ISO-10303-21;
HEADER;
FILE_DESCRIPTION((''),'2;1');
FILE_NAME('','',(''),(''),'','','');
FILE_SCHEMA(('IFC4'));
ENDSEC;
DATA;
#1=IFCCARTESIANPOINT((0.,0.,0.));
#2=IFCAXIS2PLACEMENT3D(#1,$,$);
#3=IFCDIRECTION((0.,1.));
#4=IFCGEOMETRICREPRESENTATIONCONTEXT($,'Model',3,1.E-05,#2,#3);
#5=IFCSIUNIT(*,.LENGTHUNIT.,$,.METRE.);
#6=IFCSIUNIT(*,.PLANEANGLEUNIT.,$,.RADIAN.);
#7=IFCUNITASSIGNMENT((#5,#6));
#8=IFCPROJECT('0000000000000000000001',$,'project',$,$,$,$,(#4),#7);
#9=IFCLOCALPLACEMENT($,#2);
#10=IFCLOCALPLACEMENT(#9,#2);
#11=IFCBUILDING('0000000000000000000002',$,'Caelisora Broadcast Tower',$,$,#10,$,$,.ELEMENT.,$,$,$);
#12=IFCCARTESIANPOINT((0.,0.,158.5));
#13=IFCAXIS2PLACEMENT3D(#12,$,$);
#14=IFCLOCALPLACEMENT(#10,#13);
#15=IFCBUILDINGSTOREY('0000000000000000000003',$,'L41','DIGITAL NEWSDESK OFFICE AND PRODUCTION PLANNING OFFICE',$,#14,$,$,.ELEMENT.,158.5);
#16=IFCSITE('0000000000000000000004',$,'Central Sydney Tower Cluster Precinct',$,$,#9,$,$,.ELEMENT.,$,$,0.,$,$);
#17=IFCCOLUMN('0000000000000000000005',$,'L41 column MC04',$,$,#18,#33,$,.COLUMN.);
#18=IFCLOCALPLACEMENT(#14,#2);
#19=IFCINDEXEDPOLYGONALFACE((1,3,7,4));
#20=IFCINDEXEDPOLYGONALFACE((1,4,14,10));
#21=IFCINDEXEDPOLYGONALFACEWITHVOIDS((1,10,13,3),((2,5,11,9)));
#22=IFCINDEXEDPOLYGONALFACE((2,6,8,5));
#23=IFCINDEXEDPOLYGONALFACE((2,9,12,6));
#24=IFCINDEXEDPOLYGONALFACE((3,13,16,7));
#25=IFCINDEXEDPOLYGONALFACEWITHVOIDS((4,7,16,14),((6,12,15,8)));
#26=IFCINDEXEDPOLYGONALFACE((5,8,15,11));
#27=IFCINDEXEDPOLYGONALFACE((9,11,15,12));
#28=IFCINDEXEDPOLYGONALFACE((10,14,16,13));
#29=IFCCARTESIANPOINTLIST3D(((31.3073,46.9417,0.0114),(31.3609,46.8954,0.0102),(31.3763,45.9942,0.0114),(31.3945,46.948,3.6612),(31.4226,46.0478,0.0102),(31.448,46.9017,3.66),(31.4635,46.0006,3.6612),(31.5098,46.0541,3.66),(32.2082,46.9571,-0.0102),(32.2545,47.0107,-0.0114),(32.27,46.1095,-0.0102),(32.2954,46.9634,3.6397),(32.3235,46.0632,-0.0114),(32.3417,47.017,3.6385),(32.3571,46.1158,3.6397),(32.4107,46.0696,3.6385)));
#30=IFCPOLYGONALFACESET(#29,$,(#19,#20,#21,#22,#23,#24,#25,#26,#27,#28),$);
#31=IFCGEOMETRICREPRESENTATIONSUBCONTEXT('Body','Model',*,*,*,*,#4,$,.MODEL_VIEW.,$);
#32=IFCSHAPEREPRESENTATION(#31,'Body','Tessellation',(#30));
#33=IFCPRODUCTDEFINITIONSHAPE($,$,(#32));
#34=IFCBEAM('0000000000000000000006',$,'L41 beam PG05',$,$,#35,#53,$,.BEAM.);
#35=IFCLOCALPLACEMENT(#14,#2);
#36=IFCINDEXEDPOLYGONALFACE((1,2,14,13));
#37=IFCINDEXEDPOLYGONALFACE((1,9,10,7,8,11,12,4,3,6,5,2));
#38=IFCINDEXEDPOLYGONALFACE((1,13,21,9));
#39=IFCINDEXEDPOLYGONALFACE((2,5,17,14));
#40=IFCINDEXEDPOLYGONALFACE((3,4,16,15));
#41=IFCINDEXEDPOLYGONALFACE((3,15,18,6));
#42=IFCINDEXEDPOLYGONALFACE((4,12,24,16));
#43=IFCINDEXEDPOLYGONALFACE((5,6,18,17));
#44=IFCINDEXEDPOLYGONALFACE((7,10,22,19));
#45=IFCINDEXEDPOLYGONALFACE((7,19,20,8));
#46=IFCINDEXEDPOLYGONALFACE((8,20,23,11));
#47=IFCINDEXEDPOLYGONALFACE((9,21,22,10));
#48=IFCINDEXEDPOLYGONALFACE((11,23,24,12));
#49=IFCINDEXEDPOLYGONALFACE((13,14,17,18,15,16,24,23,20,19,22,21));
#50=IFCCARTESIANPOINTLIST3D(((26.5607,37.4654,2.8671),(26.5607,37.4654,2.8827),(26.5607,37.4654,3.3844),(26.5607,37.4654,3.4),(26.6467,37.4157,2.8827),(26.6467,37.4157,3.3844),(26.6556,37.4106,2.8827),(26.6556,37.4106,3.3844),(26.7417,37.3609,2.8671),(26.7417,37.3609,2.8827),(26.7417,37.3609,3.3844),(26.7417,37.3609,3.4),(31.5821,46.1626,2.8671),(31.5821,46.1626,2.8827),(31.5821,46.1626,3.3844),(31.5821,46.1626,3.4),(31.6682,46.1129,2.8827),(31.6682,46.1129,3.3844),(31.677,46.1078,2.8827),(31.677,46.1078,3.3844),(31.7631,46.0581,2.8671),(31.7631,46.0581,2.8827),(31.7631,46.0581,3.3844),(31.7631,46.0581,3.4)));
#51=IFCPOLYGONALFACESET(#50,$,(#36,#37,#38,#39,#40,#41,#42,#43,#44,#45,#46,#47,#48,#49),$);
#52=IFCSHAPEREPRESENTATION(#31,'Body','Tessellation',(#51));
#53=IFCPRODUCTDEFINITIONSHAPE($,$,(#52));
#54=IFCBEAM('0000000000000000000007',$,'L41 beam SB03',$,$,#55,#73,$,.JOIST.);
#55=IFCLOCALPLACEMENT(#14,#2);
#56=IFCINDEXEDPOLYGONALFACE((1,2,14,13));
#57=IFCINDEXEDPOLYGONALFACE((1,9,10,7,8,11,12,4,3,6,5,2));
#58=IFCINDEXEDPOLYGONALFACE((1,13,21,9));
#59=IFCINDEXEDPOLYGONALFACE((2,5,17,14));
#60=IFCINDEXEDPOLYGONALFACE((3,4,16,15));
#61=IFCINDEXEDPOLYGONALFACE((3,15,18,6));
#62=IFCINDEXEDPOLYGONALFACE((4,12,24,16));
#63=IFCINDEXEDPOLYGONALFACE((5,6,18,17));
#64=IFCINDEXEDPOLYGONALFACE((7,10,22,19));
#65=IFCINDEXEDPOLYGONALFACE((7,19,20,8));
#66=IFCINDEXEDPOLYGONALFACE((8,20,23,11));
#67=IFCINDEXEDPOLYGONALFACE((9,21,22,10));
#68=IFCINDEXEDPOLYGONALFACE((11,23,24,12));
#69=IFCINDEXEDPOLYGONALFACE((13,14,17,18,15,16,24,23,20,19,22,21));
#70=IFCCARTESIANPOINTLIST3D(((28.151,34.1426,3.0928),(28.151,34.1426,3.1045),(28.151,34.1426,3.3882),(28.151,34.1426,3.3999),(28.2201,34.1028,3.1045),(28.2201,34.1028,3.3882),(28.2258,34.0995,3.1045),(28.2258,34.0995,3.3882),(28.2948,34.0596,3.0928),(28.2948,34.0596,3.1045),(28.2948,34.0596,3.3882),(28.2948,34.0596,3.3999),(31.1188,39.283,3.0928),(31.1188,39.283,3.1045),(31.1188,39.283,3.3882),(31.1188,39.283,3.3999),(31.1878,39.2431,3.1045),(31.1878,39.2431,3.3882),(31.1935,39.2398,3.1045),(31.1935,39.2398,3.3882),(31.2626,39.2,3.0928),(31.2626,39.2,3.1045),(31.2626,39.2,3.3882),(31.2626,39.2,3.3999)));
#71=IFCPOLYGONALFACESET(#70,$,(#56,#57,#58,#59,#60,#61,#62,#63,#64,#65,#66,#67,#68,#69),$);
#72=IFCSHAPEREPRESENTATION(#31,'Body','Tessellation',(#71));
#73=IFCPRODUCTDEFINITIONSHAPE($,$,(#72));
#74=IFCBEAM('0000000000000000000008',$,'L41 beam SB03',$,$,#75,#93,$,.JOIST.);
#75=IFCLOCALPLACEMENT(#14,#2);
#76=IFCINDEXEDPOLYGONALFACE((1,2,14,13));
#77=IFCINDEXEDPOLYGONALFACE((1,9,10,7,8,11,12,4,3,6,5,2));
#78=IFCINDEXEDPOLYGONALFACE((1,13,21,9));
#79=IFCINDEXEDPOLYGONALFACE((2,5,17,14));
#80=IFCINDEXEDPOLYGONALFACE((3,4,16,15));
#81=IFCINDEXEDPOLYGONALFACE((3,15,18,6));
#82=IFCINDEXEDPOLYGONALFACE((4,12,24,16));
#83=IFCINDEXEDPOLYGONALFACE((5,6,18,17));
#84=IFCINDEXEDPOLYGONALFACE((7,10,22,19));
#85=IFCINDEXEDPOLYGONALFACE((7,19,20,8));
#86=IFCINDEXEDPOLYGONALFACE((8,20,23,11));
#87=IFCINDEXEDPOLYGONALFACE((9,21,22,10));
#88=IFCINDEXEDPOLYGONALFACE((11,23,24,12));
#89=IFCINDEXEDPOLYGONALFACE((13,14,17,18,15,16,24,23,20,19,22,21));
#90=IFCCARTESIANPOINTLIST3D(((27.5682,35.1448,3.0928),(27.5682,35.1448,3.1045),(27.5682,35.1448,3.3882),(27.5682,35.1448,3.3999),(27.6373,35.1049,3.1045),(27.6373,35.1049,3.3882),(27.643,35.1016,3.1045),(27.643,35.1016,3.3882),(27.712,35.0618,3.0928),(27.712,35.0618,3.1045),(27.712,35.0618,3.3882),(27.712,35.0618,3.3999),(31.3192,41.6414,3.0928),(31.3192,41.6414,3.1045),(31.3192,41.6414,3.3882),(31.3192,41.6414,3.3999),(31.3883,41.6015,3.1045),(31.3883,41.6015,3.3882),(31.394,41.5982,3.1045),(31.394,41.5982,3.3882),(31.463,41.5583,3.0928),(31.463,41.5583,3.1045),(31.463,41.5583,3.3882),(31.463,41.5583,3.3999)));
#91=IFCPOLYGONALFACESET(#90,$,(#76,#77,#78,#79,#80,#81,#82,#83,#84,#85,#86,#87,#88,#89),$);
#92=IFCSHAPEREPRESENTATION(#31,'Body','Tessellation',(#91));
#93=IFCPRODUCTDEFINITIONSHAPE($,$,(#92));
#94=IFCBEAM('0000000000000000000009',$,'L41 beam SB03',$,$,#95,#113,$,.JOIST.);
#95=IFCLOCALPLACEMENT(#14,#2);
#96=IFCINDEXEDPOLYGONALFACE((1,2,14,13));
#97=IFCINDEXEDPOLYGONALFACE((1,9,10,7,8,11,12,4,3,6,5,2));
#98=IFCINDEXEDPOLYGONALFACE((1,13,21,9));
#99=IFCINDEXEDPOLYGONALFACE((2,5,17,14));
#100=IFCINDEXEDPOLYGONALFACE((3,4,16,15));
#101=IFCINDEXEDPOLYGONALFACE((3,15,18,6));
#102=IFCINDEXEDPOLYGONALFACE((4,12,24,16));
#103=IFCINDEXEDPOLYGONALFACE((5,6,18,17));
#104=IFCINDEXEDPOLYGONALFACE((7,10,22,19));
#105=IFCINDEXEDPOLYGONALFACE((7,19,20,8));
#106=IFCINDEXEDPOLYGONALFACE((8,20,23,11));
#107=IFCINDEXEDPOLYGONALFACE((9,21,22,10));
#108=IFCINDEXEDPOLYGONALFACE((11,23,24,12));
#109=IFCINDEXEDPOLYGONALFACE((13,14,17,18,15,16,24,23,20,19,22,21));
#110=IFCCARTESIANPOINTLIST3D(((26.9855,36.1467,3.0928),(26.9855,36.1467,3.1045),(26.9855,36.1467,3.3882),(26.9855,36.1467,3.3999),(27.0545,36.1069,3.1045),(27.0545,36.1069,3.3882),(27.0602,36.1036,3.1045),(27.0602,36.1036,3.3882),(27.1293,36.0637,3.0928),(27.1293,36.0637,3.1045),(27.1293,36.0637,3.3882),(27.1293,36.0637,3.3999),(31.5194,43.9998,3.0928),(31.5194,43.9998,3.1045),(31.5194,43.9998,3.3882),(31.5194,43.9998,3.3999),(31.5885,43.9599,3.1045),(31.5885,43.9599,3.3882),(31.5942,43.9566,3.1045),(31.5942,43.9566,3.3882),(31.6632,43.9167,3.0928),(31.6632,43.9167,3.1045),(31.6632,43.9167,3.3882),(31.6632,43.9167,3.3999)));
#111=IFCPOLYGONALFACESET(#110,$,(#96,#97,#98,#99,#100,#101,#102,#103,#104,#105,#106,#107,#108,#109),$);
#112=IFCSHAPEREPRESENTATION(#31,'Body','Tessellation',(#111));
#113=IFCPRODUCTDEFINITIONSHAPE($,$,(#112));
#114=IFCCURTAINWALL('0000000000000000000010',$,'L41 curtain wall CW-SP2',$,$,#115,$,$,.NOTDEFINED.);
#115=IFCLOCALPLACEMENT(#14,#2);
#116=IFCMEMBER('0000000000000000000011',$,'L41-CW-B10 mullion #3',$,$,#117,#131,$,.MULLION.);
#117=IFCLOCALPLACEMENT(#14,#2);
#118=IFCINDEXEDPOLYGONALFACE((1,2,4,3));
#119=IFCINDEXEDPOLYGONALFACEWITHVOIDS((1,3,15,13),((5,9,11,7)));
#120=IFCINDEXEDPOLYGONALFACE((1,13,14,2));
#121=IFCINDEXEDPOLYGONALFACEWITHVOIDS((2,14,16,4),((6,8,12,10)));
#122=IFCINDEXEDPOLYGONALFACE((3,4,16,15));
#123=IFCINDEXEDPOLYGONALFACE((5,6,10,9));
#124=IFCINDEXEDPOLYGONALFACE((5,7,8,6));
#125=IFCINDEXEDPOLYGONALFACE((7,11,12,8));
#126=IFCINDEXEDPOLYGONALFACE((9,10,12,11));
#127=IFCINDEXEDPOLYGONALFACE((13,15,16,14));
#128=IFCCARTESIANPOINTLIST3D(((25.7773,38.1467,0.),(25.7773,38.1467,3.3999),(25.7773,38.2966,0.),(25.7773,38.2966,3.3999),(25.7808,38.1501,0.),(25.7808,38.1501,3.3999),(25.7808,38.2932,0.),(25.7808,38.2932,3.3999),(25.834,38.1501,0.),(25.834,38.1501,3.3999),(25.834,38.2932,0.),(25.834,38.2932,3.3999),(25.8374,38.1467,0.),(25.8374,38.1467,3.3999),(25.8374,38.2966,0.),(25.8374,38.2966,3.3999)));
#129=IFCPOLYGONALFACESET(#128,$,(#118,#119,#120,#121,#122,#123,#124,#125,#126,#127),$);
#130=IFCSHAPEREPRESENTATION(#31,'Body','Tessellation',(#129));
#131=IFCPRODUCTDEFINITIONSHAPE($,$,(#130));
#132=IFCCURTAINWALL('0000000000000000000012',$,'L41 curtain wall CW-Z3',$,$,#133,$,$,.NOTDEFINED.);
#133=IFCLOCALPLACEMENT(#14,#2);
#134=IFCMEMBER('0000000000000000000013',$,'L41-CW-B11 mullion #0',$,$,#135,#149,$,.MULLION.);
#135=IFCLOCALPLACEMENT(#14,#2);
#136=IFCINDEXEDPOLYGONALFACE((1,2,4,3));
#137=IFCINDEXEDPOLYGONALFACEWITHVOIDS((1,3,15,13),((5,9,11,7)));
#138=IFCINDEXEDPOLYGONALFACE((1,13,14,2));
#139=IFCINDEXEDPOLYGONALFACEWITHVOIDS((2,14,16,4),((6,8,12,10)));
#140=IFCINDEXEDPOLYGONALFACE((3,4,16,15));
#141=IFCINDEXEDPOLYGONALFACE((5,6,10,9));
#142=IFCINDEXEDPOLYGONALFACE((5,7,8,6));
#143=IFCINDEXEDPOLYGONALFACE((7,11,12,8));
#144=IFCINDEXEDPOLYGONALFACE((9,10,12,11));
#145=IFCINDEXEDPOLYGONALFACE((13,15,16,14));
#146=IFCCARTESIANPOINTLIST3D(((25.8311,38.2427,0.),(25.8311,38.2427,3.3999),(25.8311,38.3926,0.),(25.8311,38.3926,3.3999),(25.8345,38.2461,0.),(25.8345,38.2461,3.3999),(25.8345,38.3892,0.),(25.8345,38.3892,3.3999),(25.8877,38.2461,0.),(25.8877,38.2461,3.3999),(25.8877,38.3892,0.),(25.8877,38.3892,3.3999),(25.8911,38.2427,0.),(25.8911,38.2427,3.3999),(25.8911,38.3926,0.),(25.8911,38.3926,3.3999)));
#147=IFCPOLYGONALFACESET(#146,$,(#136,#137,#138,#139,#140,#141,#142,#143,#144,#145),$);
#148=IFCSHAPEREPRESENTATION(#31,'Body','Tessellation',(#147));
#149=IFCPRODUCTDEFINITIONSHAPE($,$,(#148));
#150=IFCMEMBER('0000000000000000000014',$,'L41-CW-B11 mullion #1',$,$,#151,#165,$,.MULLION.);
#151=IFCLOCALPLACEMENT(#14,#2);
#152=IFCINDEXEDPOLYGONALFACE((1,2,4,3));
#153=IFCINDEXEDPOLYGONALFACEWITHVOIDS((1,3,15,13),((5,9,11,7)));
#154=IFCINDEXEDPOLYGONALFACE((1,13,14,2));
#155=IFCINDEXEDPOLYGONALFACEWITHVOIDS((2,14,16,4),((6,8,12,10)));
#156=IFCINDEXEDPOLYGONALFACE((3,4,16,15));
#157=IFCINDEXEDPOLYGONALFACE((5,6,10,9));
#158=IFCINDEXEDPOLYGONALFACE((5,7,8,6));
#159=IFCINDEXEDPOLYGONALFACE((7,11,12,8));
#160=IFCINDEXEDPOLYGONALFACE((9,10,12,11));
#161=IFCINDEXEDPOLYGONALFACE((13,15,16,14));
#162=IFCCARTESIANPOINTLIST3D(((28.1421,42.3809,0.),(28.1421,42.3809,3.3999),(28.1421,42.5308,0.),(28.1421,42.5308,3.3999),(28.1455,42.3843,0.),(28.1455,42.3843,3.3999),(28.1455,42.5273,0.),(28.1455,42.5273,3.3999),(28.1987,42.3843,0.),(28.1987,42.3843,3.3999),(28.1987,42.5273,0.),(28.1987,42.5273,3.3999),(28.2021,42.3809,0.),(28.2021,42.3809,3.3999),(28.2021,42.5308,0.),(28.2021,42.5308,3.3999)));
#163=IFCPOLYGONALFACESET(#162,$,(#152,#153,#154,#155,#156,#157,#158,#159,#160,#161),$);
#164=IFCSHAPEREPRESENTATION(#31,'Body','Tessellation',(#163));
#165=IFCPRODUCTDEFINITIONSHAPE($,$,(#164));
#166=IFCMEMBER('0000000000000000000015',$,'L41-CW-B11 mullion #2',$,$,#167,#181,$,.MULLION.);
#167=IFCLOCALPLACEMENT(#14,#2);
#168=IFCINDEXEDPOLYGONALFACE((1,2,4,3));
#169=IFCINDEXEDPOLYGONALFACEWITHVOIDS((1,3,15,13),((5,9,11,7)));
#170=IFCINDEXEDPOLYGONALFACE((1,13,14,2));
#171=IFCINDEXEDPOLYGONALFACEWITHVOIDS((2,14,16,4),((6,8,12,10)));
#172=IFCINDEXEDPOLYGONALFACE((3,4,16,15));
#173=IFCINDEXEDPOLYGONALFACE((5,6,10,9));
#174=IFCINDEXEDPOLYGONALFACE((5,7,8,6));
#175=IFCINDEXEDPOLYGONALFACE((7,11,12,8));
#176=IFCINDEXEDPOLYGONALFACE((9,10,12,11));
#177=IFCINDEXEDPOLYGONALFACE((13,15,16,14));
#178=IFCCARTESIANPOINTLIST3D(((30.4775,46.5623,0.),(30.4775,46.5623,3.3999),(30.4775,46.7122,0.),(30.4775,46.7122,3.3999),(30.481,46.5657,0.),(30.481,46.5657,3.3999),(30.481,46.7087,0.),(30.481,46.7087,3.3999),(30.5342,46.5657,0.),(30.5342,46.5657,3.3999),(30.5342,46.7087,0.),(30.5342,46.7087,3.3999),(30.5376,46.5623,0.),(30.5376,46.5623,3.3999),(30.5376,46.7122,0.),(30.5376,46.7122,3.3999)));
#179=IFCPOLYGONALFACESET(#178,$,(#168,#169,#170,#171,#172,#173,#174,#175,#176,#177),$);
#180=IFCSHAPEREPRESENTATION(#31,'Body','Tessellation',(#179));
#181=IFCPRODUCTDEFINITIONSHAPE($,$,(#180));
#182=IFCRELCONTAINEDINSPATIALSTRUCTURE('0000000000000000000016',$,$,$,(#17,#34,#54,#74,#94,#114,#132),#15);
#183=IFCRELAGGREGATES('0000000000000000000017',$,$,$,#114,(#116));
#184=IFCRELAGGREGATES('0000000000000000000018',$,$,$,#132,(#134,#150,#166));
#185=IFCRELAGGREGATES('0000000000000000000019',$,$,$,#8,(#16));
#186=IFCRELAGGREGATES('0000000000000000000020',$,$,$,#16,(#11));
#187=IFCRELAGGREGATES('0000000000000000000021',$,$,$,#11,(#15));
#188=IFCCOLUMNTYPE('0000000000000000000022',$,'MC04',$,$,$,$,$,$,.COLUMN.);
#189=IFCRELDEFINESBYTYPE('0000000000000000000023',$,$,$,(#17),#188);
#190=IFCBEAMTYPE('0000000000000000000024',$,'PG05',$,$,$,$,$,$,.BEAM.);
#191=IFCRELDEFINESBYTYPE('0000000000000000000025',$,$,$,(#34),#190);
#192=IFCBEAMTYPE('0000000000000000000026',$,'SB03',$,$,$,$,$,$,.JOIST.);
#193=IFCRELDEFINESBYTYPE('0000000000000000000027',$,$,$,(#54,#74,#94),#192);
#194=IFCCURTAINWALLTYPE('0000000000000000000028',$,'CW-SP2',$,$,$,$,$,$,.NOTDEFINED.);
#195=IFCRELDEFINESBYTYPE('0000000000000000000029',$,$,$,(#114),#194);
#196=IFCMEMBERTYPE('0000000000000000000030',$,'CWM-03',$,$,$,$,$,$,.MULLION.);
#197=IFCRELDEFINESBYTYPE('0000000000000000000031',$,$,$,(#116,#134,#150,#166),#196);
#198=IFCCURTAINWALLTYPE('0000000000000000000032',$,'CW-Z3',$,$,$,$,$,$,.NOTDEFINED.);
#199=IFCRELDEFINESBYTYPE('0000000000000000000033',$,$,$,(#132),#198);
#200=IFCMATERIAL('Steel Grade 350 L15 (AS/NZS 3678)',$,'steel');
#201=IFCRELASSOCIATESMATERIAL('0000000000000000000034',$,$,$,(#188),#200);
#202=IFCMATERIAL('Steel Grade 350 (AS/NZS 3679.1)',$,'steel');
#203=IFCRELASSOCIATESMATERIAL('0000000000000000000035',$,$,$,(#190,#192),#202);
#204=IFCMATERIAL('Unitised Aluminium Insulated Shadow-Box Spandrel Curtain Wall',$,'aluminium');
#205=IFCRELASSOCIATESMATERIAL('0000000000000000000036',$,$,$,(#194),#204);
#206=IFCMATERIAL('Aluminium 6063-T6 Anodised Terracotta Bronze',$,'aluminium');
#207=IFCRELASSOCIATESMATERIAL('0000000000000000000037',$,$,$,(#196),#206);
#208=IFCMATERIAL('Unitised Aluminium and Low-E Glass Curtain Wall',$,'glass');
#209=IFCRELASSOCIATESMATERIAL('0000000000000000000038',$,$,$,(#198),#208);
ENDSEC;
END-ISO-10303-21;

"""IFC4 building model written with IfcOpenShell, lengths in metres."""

from ifc_helpers import new_model, si_unit, direction, frame, origin, origin_2d, place, context, subcontext, project, spatial, hollow_rectangle, i_section, extrude, source, transform, mapped, material, material_profile, profile_set, type_object, type_shapes, element, aggregate, save


model = new_model("IFC4")

# Units and contexts
model_context = context("Model", 3, precision=1e-05, world=origin(), true_north=direction((0.0, 1.0)))
body_context = subcontext(model_context, "Body", "Model", "MODEL_VIEW")
ifc_project = project(units=[si_unit("LENGTHUNIT", "METRE"), si_unit("PLANEANGLEUNIT", "RADIAN")], contexts=[model_context])

# Site, building, storey
site_placement = place(None, origin())
site = spatial("IfcSite", under=ifc_project, at=site_placement, Name="Central Sydney Tower Cluster Precinct", CompositionType="ELEMENT", RefElevation=0.0)
building_placement = place(site_placement, origin())
building = spatial("IfcBuilding", under=site, at=building_placement, Name="Caelisora Broadcast Tower", CompositionType="ELEMENT")
storey_placement = place(building_placement, frame((0.0, 0.0, 158.5)))
storey = spatial("IfcBuildingStorey", under=building, at=storey_placement, Name="L41", Description="DIGITAL NEWSDESK OFFICE AND PRODUCTION PLANNING OFFICE", CompositionType="ELEMENT", Elevation=158.5)

# Column
ifc_material_1 = material(Name="Steel Grade 350 L15 (AS/NZS 3678)", Category="steel")
ifc_material_profile_1 = material_profile(ifc_material_1, hollow_rectangle(XDim=0.95, YDim=0.95, WallThickness=0.05, at=origin_2d()), Name="Steel Grade 350 L15 (AS/NZS 3678)")
ifc_profile_set_1 = profile_set([ifc_material_profile_1], Name="Steel Grade 350 L15 (AS/NZS 3678)")
column_type = type_object("IfcColumnType", Name="MC04", PredefinedType="COLUMN", material=ifc_profile_set_1)
shared_shape_1 = source(origin(), body_context, "Body", "SweptSolid", [
    extrude(hollow_rectangle(XDim=0.95, YDim=0.95, WallThickness=0.05, at=origin_2d()), origin(), (0.0, 0.0, 1.0), 3.6509),
])
type_shapes(column_type, [shared_shape_1])
column_placement = place(storey_placement, frame((31.8154, 46.5024, 0.0), z_axis=(0.023873, 0.001739, 0.999713), x_axis=(-0.072637, 0.997358, 0.0)))
element("IfcColumn", 1, at=column_placement, inside=storey, type_object=column_type, Name="L41 column MC04", PredefinedType="COLUMN", context=body_context, shape_type="MappedRepresentation", body=[
    mapped(shared_shape_1, transform((0.0, 0.0, 0.0), scale=1.0)),
])

# Beams
ifc_material_2 = material(Name="Steel Grade 350 (AS/NZS 3679.1)", Category="steel")
ifc_material_profile_2 = material_profile(ifc_material_2, i_section(OverallWidth=0.209, OverallDepth=0.533, WebThickness=0.0103, FlangeThickness=0.0156, at=origin_2d()), Name="Steel Grade 350 (AS/NZS 3679.1)")
ifc_profile_set_2 = profile_set([ifc_material_profile_2], Name="Steel Grade 350 (AS/NZS 3679.1)")
beam_type_1 = type_object("IfcBeamType", Name="PG05", PredefinedType="BEAM", material=ifc_profile_set_2)
shared_shape_2 = source(origin(), body_context, "Body", "SweptSolid", [
    extrude(i_section(OverallWidth=0.209, OverallDepth=0.533, WebThickness=0.0103, FlangeThickness=0.0156, at=origin_2d()), origin(), (0.0, 0.0, 1.0), 10.0427),
])
type_shapes(beam_type_1, [shared_shape_2])
beam_1_placement = place(storey_placement, frame((31.6726, 46.1104, 3.1335), z_axis=(-0.500009, -0.86602, 0.0), x_axis=(0.86602, -0.500009, 0.0)))
element("IfcBeam", 2, at=beam_1_placement, inside=storey, type_object=beam_type_1, Name="L41 beam PG05", PredefinedType="BEAM", context=body_context, shape_type="MappedRepresentation", body=[
    mapped(shared_shape_2, transform((0.0, 0.0, 0.0), scale=1.0)),
])
ifc_material_profile_3 = material_profile(ifc_material_2, i_section(OverallWidth=0.166, OverallDepth=0.3071, WebThickness=0.0066, FlangeThickness=0.0117, at=origin_2d()), Name="Steel Grade 350 (AS/NZS 3679.1)")
ifc_profile_set_3 = profile_set([ifc_material_profile_3], Name="Steel Grade 350 (AS/NZS 3679.1)")
beam_type_2 = type_object("IfcBeamType", Name="SB03", PredefinedType="JOIST", material=ifc_profile_set_3)
shared_shape_3 = source(origin(), body_context, "Body", "SweptSolid", [
    extrude(i_section(OverallWidth=0.166, OverallDepth=0.3071, WebThickness=0.0066, FlangeThickness=0.0117, at=origin_2d()), origin(), (0.0, 0.0, 1.0), 5.9355),
])
beam_2_placement = place(storey_placement, frame((31.1907, 39.2415, 3.2463), z_axis=(-0.499997, -0.866027, 0.0), x_axis=(0.866027, -0.499997, 0.0)))
element("IfcBeam", 3, at=beam_2_placement, inside=storey, type_object=beam_type_2, Name="L41 beam SB03", PredefinedType="JOIST", context=body_context, shape_type="MappedRepresentation", body=[
    mapped(shared_shape_3, transform((0.0, 0.0, 0.0), scale=1.0)),
])
shared_shape_4 = source(origin(), body_context, "Body", "SweptSolid", [
    extrude(i_section(OverallWidth=0.166, OverallDepth=0.3071, WebThickness=0.0066, FlangeThickness=0.0117, at=origin_2d()), origin(), (0.0, 0.0, 1.0), 7.5017),
])
beam_3_placement = place(storey_placement, frame((31.3911, 41.5999, 3.2463), z_axis=(-0.500017, -0.866015, 0.0), x_axis=(0.866015, -0.500017, 0.0)))
element("IfcBeam", 4, at=beam_3_placement, inside=storey, type_object=beam_type_2, Name="L41 beam SB03", PredefinedType="JOIST", context=body_context, shape_type="MappedRepresentation", body=[
    mapped(shared_shape_4, transform((0.0, 0.0, 0.0), scale=1.0)),
])
shared_shape_5 = source(origin(), body_context, "Body", "SweptSolid", [
    extrude(i_section(OverallWidth=0.166, OverallDepth=0.3071, WebThickness=0.0066, FlangeThickness=0.0117, at=origin_2d()), origin(), (0.0, 0.0, 1.0), 9.0679),
])
type_shapes(beam_type_2, [shared_shape_3, shared_shape_4, shared_shape_5])
beam_4_placement = place(storey_placement, frame((31.5913, 43.9583, 3.2463), z_axis=(-0.499999, -0.866026, 0.0), x_axis=(0.866026, -0.499999, 0.0)))
element("IfcBeam", 5, at=beam_4_placement, inside=storey, type_object=beam_type_2, Name="L41 beam SB03", PredefinedType="JOIST", context=body_context, shape_type="MappedRepresentation", body=[
    mapped(shared_shape_5, transform((0.0, 0.0, 0.0), scale=1.0)),
])

# Curtain wall, member
ifc_material_3 = material(Name="Unitised Aluminium Insulated Shadow-Box Spandrel Curtain Wall", Category="aluminium")
curtain_wall_type_1 = type_object("IfcCurtainWallType", Name="CW-SP2", PredefinedType="NOTDEFINED", material=ifc_material_3)
curtain_wall_1_placement = place(storey_placement, origin())
curtain_wall_1 = element("IfcCurtainWall", 6, at=curtain_wall_1_placement, inside=storey, type_object=curtain_wall_type_1, Name="L41 curtain wall CW-SP2", PredefinedType="NOTDEFINED")
ifc_material_4 = material(Name="Aluminium 6063-T6 Anodised Terracotta Bronze", Category="aluminium")
ifc_material_profile_4 = material_profile(ifc_material_4, hollow_rectangle(XDim=0.0601, YDim=0.1499, WallThickness=0.0034, at=origin_2d()), Name="Aluminium 6063-T6 Anodised Terracotta Bronze")
ifc_profile_set_4 = profile_set([ifc_material_profile_4], Name="Aluminium 6063-T6 Anodised Terracotta Bronze")
member_type_1 = type_object("IfcMemberType", Name="CWM-03", PredefinedType="MULLION", material=ifc_profile_set_4)
shared_shape_6 = source(origin(), body_context, "Body", "SweptSolid", [
    extrude(hollow_rectangle(XDim=0.0601, YDim=0.1499, WallThickness=0.0034, at=origin_2d()), origin(), (0.0, 0.0, 1.0), 3.3999),
])
type_shapes(member_type_1, [shared_shape_6])
member_1_placement = place(storey_placement, frame((25.8074, 38.2217, 0.0), z_axis=(0.0, 0.0, 1.0), x_axis=(1.0, 0.0, 0.0)))
member_1 = element("IfcMember", 7, at=member_1_placement, type_object=member_type_1, Name="L41-CW-B10 mullion #3", PredefinedType="MULLION", context=body_context, shape_type="MappedRepresentation", body=[
    mapped(shared_shape_6, transform((0.0, 0.0, 0.0), scale=1.0)),
])
aggregate(curtain_wall_1, [member_1])

# Curtain wall, members
ifc_material_5 = material(Name="Unitised Aluminium and Low-E Glass Curtain Wall", Category="glass")
curtain_wall_type_2 = type_object("IfcCurtainWallType", Name="CW-Z3", PredefinedType="NOTDEFINED", material=ifc_material_5)
curtain_wall_2_placement = place(storey_placement, origin())
curtain_wall_2 = element("IfcCurtainWall", 8, at=curtain_wall_2_placement, inside=storey, type_object=curtain_wall_type_2, Name="L41 curtain wall CW-Z3", PredefinedType="NOTDEFINED")
member_2_placement = place(storey_placement, frame((25.8611, 38.3176, 0.0), z_axis=(0.0, 0.0, 1.0), x_axis=(1.0, 0.0, 0.0)))
member_2 = element("IfcMember", 9, at=member_2_placement, type_object=member_type_1, Name="L41-CW-B11 mullion #0", PredefinedType="MULLION", context=body_context, shape_type="MappedRepresentation", body=[
    mapped(shared_shape_6, transform((0.0, 0.0, 0.0), scale=1.0)),
])
member_3_placement = place(storey_placement, frame((28.1721, 42.4558, 0.0), z_axis=(0.0, 0.0, 1.0), x_axis=(1.0, 0.0, 0.0)))
member_3 = element("IfcMember", 10, at=member_3_placement, type_object=member_type_1, Name="L41-CW-B11 mullion #1", PredefinedType="MULLION", context=body_context, shape_type="MappedRepresentation", body=[
    mapped(shared_shape_6, transform((0.0, 0.0, 0.0), scale=1.0)),
])
member_4_placement = place(storey_placement, frame((30.5076, 46.6372, 0.0), z_axis=(0.0, 0.0, 1.0), x_axis=(1.0, 0.0, 0.0)))
member_4 = element("IfcMember", 11, at=member_4_placement, type_object=member_type_1, Name="L41-CW-B11 mullion #2", PredefinedType="MULLION", context=body_context, shape_type="MappedRepresentation", body=[
    mapped(shared_shape_6, transform((0.0, 0.0, 0.0), scale=1.0)),
])
aggregate(curtain_wall_2, [member_2, member_3, member_4])

save(model, "model.ifc")
